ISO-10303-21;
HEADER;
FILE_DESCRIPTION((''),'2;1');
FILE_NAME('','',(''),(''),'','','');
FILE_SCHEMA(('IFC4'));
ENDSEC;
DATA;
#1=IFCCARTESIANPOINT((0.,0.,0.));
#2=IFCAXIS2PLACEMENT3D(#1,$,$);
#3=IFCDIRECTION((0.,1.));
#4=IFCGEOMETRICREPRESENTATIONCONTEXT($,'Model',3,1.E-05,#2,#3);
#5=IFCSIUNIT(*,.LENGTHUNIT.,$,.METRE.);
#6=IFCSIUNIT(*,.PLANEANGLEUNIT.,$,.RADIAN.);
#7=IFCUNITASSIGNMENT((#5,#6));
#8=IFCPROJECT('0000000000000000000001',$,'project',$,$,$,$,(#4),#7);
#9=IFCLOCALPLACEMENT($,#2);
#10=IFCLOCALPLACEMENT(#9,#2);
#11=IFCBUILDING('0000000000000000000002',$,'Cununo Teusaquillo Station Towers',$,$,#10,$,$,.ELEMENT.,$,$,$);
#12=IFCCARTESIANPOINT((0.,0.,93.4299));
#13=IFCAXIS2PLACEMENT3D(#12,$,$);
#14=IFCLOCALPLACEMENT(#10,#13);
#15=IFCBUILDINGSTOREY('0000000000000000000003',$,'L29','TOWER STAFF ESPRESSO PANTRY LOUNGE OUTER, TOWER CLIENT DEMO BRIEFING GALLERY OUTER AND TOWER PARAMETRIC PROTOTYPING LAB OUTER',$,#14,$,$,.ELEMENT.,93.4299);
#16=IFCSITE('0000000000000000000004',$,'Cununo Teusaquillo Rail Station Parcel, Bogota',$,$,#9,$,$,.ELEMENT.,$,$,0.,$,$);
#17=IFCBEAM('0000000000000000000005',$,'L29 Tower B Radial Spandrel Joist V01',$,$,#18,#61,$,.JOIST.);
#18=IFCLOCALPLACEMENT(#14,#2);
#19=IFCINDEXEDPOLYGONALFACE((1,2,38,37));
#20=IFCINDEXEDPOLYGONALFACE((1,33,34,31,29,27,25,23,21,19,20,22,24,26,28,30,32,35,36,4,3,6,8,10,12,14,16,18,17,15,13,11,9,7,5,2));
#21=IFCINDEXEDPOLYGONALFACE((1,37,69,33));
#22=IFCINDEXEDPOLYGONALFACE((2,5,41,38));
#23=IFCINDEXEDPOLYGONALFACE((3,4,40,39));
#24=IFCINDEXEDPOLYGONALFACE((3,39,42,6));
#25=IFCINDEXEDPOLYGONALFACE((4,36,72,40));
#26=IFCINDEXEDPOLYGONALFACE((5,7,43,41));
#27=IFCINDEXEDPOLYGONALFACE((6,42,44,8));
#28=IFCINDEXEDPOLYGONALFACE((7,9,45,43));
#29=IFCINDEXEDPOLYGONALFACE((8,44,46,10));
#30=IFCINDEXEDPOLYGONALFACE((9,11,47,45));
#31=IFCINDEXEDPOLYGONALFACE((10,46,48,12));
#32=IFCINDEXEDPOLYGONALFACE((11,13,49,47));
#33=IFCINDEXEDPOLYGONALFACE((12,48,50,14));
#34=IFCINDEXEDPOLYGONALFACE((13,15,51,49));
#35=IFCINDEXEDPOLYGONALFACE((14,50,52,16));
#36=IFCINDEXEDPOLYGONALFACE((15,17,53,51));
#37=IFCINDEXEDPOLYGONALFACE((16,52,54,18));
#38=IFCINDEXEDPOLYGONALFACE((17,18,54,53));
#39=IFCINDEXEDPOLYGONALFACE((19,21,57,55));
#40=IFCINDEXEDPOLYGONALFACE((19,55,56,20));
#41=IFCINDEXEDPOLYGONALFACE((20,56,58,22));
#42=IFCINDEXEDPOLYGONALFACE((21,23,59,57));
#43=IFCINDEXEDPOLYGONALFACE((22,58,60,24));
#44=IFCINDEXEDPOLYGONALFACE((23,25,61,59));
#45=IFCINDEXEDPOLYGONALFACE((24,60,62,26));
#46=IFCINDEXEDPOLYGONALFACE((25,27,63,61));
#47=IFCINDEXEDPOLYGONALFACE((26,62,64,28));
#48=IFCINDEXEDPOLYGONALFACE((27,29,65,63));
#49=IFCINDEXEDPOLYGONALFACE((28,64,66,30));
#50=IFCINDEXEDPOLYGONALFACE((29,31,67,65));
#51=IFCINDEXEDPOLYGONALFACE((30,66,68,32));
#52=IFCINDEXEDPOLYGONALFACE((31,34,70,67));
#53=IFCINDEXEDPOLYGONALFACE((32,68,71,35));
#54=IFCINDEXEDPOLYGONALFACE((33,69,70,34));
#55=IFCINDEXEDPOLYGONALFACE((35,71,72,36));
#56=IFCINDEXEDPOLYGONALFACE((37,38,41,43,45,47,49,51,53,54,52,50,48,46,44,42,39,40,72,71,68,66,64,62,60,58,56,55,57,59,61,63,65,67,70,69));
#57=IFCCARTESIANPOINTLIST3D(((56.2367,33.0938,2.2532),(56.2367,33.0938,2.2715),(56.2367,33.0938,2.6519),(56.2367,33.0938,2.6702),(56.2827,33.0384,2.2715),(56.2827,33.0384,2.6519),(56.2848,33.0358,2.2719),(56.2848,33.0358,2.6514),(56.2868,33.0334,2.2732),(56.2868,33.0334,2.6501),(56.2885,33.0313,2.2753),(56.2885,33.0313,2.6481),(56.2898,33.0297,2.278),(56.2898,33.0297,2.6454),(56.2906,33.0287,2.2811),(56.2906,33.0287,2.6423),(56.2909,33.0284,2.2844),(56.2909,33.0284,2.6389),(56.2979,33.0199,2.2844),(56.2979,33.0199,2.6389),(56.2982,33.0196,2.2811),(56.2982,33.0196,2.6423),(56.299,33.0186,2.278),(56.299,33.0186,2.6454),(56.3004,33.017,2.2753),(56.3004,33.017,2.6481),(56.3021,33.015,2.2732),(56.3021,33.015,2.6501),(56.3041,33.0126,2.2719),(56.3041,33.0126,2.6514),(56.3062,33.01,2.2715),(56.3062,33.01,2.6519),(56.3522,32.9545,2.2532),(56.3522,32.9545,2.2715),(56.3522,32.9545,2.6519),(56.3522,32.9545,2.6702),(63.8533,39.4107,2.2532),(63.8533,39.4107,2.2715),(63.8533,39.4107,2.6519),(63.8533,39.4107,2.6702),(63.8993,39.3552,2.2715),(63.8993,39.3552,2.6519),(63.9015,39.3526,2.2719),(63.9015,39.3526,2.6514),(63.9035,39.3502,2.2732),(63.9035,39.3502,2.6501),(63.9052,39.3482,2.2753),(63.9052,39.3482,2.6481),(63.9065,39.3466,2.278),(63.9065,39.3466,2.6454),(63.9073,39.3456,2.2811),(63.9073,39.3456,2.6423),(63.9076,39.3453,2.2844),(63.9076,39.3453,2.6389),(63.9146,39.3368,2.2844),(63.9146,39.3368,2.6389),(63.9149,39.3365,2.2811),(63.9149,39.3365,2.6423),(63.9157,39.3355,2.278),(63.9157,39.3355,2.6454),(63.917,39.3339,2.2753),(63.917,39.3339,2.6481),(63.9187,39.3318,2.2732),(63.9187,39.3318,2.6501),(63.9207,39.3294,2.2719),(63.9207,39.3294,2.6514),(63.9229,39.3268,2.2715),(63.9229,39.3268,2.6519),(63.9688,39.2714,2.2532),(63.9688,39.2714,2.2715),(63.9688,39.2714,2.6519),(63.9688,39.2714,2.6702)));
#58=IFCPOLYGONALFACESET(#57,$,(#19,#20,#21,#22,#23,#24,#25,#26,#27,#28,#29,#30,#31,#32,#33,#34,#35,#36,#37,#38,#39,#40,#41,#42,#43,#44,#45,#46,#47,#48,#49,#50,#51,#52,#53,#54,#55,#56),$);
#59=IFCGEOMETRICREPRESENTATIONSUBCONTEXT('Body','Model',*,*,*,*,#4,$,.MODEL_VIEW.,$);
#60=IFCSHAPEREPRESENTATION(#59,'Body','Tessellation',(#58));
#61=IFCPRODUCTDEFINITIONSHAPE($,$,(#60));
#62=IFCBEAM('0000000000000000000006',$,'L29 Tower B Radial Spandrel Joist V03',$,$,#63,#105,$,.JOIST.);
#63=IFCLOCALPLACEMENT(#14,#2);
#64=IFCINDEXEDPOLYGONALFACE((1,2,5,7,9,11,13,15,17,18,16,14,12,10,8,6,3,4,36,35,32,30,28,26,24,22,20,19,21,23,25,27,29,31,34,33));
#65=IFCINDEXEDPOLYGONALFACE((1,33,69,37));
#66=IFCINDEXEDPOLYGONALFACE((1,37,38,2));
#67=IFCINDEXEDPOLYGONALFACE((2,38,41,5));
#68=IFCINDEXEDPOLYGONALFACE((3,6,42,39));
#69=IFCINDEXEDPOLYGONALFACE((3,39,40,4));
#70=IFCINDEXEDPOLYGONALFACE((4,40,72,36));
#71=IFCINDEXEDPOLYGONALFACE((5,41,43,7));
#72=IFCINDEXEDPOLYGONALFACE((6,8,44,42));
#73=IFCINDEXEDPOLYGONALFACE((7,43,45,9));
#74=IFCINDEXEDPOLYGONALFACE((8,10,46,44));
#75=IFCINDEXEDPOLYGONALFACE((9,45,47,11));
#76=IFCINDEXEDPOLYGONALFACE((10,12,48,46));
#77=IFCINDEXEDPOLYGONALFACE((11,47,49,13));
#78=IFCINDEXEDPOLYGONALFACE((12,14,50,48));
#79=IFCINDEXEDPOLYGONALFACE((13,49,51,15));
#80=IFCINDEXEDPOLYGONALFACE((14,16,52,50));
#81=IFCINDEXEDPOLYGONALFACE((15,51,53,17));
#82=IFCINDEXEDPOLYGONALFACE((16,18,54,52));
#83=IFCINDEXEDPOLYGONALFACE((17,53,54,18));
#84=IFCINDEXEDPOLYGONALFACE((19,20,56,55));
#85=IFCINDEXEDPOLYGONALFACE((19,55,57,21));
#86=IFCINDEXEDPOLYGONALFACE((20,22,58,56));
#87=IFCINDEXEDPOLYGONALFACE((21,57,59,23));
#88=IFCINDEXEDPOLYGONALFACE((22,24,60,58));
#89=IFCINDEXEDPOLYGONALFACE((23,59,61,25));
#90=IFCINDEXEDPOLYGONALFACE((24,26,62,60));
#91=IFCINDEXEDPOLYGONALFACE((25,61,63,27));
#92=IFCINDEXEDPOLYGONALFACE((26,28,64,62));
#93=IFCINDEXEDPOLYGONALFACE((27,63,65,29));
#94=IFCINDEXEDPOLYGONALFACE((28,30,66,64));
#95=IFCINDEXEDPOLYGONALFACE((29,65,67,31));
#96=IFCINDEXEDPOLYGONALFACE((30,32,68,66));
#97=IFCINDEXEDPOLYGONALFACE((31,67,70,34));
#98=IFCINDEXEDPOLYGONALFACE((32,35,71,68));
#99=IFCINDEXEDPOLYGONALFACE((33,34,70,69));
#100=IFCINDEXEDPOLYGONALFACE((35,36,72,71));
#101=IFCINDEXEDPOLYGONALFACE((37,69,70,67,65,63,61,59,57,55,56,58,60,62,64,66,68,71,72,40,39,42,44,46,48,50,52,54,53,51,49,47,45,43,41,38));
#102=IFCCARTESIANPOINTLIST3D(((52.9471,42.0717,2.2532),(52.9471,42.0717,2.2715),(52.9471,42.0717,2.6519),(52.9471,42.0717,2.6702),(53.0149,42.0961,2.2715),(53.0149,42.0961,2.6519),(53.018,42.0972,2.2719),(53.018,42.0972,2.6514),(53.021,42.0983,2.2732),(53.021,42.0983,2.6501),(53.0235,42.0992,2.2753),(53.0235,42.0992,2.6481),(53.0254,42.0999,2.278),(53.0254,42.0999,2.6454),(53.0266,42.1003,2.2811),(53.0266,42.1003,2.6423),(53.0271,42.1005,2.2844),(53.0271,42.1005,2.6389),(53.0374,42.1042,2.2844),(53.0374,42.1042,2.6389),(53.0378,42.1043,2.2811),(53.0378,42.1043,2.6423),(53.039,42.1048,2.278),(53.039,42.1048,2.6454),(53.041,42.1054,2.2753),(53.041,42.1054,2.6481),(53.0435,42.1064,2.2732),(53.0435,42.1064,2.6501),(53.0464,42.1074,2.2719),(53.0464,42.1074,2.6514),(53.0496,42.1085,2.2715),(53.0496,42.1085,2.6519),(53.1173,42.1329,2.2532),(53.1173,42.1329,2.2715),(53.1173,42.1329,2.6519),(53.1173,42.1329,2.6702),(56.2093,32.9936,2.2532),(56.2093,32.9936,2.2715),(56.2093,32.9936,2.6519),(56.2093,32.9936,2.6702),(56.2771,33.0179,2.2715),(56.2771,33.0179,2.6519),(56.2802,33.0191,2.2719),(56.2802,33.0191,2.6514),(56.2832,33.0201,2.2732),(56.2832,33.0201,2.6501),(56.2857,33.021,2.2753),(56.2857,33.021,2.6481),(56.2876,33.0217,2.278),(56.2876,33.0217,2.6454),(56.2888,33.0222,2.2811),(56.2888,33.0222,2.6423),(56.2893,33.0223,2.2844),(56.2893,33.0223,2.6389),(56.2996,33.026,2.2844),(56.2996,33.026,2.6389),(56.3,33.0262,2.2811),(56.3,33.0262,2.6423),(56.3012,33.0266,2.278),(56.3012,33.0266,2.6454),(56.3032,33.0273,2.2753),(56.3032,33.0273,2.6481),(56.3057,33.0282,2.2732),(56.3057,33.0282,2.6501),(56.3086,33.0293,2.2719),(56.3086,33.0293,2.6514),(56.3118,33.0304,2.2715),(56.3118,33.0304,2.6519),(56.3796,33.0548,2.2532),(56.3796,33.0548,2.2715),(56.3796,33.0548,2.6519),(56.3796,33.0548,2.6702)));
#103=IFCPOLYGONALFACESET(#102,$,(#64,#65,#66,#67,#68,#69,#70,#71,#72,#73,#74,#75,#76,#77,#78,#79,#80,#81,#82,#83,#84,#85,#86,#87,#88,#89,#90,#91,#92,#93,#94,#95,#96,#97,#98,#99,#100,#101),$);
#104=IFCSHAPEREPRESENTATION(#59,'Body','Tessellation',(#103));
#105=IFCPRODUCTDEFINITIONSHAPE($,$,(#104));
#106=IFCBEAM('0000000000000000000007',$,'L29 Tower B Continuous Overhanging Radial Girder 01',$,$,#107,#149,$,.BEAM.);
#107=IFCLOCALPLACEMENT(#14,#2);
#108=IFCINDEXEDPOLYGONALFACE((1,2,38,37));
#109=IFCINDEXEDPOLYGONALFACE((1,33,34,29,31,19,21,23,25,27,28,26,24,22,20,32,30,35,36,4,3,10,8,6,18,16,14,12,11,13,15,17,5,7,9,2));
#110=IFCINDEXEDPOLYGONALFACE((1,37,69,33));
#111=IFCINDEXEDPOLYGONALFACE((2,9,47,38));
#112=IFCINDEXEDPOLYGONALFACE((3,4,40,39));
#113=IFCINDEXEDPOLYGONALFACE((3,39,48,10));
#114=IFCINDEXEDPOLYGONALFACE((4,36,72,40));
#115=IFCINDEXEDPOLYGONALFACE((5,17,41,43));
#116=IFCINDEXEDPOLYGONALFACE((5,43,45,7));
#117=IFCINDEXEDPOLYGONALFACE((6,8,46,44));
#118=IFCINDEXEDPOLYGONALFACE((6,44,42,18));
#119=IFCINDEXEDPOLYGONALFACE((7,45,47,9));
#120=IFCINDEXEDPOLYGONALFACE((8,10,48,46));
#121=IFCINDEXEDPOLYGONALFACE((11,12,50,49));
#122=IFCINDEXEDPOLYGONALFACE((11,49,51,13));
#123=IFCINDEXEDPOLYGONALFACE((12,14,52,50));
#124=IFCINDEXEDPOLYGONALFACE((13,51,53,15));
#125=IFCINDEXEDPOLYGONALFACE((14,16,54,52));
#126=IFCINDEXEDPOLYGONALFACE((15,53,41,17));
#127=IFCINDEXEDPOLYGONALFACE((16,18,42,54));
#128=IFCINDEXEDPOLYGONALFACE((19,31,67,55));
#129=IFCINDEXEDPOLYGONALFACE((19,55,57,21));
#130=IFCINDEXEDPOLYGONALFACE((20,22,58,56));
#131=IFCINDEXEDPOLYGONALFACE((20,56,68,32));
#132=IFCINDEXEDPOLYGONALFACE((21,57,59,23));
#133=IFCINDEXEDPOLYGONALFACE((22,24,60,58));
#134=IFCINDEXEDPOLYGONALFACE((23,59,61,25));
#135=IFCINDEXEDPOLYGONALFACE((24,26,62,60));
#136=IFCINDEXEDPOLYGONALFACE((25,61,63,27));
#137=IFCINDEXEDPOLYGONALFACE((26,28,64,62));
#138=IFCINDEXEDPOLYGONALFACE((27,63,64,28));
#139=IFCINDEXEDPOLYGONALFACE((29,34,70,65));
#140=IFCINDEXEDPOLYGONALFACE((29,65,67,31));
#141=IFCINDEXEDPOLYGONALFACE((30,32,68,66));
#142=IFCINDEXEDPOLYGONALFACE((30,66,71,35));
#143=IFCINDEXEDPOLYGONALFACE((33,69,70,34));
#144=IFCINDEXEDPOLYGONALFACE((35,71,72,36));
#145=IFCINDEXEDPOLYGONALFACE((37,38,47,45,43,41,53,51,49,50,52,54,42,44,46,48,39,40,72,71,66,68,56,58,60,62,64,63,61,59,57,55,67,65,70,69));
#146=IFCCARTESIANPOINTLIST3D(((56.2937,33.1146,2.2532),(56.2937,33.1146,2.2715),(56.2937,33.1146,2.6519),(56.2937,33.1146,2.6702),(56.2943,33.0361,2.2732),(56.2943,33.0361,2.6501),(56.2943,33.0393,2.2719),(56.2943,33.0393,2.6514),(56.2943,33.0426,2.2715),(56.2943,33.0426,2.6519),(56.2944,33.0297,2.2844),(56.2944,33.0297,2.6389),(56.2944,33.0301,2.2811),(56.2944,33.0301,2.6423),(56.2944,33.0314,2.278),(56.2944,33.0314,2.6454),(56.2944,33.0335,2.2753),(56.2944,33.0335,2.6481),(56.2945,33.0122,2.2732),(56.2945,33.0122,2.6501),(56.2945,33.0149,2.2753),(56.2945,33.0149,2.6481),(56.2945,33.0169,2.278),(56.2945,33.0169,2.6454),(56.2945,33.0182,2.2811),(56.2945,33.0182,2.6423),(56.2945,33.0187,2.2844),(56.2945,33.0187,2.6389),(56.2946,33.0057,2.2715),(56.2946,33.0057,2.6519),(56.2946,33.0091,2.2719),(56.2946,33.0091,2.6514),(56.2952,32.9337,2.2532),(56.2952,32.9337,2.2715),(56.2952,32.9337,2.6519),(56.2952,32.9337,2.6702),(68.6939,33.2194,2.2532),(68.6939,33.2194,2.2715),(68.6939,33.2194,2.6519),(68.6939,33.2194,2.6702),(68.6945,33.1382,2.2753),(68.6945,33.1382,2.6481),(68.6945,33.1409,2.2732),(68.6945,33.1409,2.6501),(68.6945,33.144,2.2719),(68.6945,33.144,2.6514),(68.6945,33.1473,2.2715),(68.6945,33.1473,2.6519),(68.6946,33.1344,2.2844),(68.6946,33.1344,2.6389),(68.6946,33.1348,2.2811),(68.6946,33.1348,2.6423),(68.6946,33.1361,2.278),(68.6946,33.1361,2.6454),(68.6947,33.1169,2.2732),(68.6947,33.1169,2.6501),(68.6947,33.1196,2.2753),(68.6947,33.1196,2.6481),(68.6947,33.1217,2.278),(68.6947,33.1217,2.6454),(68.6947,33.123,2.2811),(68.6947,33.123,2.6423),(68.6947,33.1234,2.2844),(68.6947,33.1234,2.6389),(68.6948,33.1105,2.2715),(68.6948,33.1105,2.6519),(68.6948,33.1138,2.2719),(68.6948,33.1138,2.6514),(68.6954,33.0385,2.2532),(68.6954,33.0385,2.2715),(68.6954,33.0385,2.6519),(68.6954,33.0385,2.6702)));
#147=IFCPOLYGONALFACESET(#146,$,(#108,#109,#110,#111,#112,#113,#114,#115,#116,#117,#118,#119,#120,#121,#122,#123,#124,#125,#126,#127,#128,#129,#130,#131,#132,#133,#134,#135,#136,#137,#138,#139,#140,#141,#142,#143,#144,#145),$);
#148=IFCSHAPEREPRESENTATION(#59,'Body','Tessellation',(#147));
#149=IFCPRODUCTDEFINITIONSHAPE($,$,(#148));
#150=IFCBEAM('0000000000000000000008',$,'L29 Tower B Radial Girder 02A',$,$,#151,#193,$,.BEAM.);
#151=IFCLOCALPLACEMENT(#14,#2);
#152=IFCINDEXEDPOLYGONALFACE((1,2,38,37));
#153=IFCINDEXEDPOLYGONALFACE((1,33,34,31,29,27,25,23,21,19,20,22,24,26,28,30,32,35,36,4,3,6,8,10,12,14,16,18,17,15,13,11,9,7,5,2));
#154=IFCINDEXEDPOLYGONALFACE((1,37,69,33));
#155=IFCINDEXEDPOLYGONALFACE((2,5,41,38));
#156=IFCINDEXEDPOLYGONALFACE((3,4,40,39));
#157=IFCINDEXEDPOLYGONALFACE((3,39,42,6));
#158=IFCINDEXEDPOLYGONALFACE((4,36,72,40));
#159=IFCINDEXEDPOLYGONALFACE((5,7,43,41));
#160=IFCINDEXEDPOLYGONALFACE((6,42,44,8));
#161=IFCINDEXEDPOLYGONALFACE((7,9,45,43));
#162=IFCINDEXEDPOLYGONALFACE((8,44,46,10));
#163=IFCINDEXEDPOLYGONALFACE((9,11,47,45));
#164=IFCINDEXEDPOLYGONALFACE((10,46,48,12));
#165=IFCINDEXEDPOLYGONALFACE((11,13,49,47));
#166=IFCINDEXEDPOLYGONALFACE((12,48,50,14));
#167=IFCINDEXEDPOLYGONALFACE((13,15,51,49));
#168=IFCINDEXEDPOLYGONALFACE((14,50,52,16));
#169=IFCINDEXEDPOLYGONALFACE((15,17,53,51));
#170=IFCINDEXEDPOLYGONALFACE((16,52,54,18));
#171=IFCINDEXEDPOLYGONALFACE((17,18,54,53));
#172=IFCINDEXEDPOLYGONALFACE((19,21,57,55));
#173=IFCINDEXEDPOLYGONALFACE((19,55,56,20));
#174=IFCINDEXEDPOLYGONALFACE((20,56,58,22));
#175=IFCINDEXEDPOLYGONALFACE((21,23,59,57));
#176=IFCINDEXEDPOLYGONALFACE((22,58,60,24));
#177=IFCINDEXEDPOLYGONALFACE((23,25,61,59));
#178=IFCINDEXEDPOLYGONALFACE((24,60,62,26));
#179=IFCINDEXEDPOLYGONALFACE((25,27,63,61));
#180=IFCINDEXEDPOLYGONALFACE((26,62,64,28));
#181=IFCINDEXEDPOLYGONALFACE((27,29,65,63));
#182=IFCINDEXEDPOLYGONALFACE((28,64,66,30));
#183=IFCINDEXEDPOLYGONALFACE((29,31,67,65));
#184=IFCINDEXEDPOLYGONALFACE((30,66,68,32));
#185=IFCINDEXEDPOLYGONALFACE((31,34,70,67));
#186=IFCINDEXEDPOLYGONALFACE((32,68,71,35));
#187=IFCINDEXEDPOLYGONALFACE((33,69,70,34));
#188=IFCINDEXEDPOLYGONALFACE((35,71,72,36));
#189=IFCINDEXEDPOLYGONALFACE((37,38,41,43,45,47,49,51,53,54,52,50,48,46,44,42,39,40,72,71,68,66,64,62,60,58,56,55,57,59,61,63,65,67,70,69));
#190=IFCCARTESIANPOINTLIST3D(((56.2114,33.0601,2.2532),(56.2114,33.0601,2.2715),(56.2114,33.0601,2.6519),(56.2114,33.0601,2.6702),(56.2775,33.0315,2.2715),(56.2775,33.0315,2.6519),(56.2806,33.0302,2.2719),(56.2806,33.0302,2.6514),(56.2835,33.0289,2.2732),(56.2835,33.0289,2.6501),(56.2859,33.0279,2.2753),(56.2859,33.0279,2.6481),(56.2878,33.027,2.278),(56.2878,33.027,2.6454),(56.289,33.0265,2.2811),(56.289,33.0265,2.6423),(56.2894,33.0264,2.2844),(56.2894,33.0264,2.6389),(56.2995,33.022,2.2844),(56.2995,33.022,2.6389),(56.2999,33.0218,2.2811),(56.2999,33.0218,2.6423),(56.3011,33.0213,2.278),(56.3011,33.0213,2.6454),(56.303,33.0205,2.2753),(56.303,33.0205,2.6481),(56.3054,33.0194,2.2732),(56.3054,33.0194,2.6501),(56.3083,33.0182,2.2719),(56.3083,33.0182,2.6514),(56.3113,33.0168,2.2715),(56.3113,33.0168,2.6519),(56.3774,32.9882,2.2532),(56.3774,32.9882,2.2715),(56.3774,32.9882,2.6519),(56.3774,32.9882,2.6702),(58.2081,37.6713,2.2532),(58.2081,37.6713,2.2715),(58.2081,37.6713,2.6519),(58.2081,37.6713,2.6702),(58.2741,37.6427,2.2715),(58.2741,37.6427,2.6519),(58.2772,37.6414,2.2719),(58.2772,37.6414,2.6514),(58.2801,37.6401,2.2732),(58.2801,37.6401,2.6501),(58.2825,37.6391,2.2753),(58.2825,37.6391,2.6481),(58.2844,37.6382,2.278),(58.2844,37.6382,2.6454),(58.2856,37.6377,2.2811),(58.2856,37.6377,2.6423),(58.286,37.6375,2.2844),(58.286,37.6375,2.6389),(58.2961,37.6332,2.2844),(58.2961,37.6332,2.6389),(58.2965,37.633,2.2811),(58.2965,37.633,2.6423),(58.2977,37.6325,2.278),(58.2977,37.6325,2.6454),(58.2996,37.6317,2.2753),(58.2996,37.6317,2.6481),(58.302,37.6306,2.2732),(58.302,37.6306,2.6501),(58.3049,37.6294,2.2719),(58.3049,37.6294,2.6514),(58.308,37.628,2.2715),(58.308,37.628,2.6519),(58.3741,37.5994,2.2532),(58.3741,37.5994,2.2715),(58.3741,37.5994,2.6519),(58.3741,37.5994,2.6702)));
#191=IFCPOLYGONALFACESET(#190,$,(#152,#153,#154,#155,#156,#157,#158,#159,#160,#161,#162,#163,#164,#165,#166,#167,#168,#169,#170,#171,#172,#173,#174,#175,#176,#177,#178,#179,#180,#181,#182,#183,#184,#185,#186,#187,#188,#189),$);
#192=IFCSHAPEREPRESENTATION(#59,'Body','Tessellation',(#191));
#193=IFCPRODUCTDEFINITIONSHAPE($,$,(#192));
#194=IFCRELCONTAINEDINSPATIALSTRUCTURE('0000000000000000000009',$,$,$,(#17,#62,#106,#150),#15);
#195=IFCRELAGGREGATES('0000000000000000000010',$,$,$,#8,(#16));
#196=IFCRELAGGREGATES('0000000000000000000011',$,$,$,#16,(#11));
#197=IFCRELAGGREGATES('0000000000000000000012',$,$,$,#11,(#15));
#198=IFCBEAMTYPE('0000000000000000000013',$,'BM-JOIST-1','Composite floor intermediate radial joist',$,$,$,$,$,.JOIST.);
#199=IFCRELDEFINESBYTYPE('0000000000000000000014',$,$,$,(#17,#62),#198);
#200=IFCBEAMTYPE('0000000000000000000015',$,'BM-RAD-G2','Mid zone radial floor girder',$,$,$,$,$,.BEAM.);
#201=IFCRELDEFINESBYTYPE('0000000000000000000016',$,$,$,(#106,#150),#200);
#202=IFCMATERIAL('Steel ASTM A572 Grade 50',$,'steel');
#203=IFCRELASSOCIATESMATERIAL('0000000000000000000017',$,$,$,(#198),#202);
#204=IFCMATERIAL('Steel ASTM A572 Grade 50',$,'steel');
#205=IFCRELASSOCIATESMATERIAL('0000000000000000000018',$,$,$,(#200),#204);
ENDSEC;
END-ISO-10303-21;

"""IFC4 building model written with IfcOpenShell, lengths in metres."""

from ifc_helpers import new_model, si_unit, direction, frame, origin, origin_2d, place, context, subcontext, project, spatial, i_section, extrude, material, material_profile, profile_set, type_object, element, save


model = new_model("IFC4")

# Units and contexts
model_context = context("Model", 3, precision=1e-05, world=origin(), true_north=direction((0.0, 1.0)))
body_context = subcontext(model_context, "Body", "Model", "MODEL_VIEW")
ifc_project = project(units=[si_unit("LENGTHUNIT", "METRE"), si_unit("PLANEANGLEUNIT", "RADIAN")], contexts=[model_context])

# Site, building, storey
site_placement = place(None, origin())
site = spatial("IfcSite", under=ifc_project, at=site_placement, Name="Cununo Teusaquillo Rail Station Parcel, Bogota", CompositionType="ELEMENT", RefElevation=0.0)
building_placement = place(site_placement, origin())
building = spatial("IfcBuilding", under=site, at=building_placement, Name="Cununo Teusaquillo Station Towers", CompositionType="ELEMENT")
storey_placement = place(building_placement, frame((0.0, 0.0, 93.4299)))
storey = spatial("IfcBuildingStorey", under=building, at=storey_placement, Name="L29", Description="TOWER STAFF ESPRESSO PANTRY LOUNGE OUTER, TOWER CLIENT DEMO BRIEFING GALLERY OUTER AND TOWER PARAMETRIC PROTOTYPING LAB OUTER", CompositionType="ELEMENT", Elevation=93.4299)

# Beams
ifc_material_1 = material(Name="Steel ASTM A572 Grade 50", Category="steel")
ifc_material_profile_1 = material_profile(ifc_material_1, i_section(OverallWidth=0.1809, OverallDepth=0.417, WebThickness=0.011, FlangeThickness=0.0183, FilletRadius=0.0129, at=origin_2d()), Name="W16X57")
ifc_profile_set_1 = profile_set([ifc_material_profile_1], Name="Steel ASTM A572 Grade 50")
beam_type_1 = type_object("IfcBeamType", Name="BM-JOIST-1", Description="Composite floor intermediate radial joist", PredefinedType="JOIST", material=ifc_profile_set_1)
beam_1_placement = place(storey_placement, frame((56.2944, 33.0242, 2.4617), z_axis=(0.769728, 0.638372, 0.0), x_axis=(-0.638372, 0.769728, 0.0)))
element("IfcBeam", 1, at=beam_1_placement, inside=storey, type_object=beam_type_1, Name="L29 Tower B Radial Spandrel Joist V01", PredefinedType="JOIST", context=body_context, shape_type="SweptSolid", body=[
    extrude(i_section(OverallWidth=0.1809, OverallDepth=0.417, WebThickness=0.011, FlangeThickness=0.0183, FilletRadius=0.0129, at=origin_2d()), origin(), (0.0, 0.0, 1.0), 9.8953),
])
beam_2_placement = place(storey_placement, frame((56.2944, 33.0242, 2.4617), z_axis=(-0.338176, 0.941083, 0.0), x_axis=(-0.941083, -0.338176, 0.0)))
element("IfcBeam", 2, at=beam_2_placement, inside=storey, type_object=beam_type_1, Name="L29 Tower B Radial Spandrel Joist V03", PredefinedType="JOIST", context=body_context, shape_type="SweptSolid", body=[
    extrude(i_section(OverallWidth=0.1809, OverallDepth=0.417, WebThickness=0.011, FlangeThickness=0.0183, FilletRadius=0.0129, at=origin_2d()), origin(), (0.0, 0.0, 1.0), 9.6465),
])
ifc_material_2 = material(Name="Steel ASTM A572 Grade 50", Category="steel")
ifc_material_profile_2 = material_profile(ifc_material_2, i_section(OverallWidth=0.1809, OverallDepth=0.417, WebThickness=0.011, FlangeThickness=0.0183, FilletRadius=0.0129, at=origin_2d()), Name="W16X57")
ifc_profile_set_2 = profile_set([ifc_material_profile_2], Name="Steel ASTM A572 Grade 50")
beam_type_2 = type_object("IfcBeamType", Name="BM-RAD-G2", Description="Mid zone radial floor girder", PredefinedType="BEAM", material=ifc_profile_set_2)
beam_3_placement = place(storey_placement, frame((56.2944, 33.0242, 2.4617), z_axis=(0.999964, 0.008446, 0.0), x_axis=(-0.008446, 0.999964, 0.0)))
element("IfcBeam", 3, at=beam_3_placement, inside=storey, type_object=beam_type_2, Name="L29 Tower B Continuous Overhanging Radial Girder 01", PredefinedType="BEAM", context=body_context, shape_type="SweptSolid", body=[
    extrude(i_section(OverallWidth=0.1809, OverallDepth=0.417, WebThickness=0.011, FlangeThickness=0.0183, FilletRadius=0.0129, at=origin_2d()), origin(), (0.0, 0.0, 1.0), 12.4006),
])
beam_4_placement = place(storey_placement, frame((56.2944, 33.0242, 2.4617), z_axis=(0.397347, 0.917668, 0.0), x_axis=(-0.917668, 0.397347, 0.0)))
element("IfcBeam", 4, at=beam_4_placement, inside=storey, type_object=beam_type_2, Name="L29 Tower B Radial Girder 02A", PredefinedType="BEAM", context=body_context, shape_type="SweptSolid", body=[
    extrude(i_section(OverallWidth=0.1809, OverallDepth=0.417, WebThickness=0.011, FlangeThickness=0.0183, FilletRadius=0.0129, at=origin_2d()), origin(), (0.0, 0.0, 1.0), 5.0249),
])

save(model, "model.ifc")
